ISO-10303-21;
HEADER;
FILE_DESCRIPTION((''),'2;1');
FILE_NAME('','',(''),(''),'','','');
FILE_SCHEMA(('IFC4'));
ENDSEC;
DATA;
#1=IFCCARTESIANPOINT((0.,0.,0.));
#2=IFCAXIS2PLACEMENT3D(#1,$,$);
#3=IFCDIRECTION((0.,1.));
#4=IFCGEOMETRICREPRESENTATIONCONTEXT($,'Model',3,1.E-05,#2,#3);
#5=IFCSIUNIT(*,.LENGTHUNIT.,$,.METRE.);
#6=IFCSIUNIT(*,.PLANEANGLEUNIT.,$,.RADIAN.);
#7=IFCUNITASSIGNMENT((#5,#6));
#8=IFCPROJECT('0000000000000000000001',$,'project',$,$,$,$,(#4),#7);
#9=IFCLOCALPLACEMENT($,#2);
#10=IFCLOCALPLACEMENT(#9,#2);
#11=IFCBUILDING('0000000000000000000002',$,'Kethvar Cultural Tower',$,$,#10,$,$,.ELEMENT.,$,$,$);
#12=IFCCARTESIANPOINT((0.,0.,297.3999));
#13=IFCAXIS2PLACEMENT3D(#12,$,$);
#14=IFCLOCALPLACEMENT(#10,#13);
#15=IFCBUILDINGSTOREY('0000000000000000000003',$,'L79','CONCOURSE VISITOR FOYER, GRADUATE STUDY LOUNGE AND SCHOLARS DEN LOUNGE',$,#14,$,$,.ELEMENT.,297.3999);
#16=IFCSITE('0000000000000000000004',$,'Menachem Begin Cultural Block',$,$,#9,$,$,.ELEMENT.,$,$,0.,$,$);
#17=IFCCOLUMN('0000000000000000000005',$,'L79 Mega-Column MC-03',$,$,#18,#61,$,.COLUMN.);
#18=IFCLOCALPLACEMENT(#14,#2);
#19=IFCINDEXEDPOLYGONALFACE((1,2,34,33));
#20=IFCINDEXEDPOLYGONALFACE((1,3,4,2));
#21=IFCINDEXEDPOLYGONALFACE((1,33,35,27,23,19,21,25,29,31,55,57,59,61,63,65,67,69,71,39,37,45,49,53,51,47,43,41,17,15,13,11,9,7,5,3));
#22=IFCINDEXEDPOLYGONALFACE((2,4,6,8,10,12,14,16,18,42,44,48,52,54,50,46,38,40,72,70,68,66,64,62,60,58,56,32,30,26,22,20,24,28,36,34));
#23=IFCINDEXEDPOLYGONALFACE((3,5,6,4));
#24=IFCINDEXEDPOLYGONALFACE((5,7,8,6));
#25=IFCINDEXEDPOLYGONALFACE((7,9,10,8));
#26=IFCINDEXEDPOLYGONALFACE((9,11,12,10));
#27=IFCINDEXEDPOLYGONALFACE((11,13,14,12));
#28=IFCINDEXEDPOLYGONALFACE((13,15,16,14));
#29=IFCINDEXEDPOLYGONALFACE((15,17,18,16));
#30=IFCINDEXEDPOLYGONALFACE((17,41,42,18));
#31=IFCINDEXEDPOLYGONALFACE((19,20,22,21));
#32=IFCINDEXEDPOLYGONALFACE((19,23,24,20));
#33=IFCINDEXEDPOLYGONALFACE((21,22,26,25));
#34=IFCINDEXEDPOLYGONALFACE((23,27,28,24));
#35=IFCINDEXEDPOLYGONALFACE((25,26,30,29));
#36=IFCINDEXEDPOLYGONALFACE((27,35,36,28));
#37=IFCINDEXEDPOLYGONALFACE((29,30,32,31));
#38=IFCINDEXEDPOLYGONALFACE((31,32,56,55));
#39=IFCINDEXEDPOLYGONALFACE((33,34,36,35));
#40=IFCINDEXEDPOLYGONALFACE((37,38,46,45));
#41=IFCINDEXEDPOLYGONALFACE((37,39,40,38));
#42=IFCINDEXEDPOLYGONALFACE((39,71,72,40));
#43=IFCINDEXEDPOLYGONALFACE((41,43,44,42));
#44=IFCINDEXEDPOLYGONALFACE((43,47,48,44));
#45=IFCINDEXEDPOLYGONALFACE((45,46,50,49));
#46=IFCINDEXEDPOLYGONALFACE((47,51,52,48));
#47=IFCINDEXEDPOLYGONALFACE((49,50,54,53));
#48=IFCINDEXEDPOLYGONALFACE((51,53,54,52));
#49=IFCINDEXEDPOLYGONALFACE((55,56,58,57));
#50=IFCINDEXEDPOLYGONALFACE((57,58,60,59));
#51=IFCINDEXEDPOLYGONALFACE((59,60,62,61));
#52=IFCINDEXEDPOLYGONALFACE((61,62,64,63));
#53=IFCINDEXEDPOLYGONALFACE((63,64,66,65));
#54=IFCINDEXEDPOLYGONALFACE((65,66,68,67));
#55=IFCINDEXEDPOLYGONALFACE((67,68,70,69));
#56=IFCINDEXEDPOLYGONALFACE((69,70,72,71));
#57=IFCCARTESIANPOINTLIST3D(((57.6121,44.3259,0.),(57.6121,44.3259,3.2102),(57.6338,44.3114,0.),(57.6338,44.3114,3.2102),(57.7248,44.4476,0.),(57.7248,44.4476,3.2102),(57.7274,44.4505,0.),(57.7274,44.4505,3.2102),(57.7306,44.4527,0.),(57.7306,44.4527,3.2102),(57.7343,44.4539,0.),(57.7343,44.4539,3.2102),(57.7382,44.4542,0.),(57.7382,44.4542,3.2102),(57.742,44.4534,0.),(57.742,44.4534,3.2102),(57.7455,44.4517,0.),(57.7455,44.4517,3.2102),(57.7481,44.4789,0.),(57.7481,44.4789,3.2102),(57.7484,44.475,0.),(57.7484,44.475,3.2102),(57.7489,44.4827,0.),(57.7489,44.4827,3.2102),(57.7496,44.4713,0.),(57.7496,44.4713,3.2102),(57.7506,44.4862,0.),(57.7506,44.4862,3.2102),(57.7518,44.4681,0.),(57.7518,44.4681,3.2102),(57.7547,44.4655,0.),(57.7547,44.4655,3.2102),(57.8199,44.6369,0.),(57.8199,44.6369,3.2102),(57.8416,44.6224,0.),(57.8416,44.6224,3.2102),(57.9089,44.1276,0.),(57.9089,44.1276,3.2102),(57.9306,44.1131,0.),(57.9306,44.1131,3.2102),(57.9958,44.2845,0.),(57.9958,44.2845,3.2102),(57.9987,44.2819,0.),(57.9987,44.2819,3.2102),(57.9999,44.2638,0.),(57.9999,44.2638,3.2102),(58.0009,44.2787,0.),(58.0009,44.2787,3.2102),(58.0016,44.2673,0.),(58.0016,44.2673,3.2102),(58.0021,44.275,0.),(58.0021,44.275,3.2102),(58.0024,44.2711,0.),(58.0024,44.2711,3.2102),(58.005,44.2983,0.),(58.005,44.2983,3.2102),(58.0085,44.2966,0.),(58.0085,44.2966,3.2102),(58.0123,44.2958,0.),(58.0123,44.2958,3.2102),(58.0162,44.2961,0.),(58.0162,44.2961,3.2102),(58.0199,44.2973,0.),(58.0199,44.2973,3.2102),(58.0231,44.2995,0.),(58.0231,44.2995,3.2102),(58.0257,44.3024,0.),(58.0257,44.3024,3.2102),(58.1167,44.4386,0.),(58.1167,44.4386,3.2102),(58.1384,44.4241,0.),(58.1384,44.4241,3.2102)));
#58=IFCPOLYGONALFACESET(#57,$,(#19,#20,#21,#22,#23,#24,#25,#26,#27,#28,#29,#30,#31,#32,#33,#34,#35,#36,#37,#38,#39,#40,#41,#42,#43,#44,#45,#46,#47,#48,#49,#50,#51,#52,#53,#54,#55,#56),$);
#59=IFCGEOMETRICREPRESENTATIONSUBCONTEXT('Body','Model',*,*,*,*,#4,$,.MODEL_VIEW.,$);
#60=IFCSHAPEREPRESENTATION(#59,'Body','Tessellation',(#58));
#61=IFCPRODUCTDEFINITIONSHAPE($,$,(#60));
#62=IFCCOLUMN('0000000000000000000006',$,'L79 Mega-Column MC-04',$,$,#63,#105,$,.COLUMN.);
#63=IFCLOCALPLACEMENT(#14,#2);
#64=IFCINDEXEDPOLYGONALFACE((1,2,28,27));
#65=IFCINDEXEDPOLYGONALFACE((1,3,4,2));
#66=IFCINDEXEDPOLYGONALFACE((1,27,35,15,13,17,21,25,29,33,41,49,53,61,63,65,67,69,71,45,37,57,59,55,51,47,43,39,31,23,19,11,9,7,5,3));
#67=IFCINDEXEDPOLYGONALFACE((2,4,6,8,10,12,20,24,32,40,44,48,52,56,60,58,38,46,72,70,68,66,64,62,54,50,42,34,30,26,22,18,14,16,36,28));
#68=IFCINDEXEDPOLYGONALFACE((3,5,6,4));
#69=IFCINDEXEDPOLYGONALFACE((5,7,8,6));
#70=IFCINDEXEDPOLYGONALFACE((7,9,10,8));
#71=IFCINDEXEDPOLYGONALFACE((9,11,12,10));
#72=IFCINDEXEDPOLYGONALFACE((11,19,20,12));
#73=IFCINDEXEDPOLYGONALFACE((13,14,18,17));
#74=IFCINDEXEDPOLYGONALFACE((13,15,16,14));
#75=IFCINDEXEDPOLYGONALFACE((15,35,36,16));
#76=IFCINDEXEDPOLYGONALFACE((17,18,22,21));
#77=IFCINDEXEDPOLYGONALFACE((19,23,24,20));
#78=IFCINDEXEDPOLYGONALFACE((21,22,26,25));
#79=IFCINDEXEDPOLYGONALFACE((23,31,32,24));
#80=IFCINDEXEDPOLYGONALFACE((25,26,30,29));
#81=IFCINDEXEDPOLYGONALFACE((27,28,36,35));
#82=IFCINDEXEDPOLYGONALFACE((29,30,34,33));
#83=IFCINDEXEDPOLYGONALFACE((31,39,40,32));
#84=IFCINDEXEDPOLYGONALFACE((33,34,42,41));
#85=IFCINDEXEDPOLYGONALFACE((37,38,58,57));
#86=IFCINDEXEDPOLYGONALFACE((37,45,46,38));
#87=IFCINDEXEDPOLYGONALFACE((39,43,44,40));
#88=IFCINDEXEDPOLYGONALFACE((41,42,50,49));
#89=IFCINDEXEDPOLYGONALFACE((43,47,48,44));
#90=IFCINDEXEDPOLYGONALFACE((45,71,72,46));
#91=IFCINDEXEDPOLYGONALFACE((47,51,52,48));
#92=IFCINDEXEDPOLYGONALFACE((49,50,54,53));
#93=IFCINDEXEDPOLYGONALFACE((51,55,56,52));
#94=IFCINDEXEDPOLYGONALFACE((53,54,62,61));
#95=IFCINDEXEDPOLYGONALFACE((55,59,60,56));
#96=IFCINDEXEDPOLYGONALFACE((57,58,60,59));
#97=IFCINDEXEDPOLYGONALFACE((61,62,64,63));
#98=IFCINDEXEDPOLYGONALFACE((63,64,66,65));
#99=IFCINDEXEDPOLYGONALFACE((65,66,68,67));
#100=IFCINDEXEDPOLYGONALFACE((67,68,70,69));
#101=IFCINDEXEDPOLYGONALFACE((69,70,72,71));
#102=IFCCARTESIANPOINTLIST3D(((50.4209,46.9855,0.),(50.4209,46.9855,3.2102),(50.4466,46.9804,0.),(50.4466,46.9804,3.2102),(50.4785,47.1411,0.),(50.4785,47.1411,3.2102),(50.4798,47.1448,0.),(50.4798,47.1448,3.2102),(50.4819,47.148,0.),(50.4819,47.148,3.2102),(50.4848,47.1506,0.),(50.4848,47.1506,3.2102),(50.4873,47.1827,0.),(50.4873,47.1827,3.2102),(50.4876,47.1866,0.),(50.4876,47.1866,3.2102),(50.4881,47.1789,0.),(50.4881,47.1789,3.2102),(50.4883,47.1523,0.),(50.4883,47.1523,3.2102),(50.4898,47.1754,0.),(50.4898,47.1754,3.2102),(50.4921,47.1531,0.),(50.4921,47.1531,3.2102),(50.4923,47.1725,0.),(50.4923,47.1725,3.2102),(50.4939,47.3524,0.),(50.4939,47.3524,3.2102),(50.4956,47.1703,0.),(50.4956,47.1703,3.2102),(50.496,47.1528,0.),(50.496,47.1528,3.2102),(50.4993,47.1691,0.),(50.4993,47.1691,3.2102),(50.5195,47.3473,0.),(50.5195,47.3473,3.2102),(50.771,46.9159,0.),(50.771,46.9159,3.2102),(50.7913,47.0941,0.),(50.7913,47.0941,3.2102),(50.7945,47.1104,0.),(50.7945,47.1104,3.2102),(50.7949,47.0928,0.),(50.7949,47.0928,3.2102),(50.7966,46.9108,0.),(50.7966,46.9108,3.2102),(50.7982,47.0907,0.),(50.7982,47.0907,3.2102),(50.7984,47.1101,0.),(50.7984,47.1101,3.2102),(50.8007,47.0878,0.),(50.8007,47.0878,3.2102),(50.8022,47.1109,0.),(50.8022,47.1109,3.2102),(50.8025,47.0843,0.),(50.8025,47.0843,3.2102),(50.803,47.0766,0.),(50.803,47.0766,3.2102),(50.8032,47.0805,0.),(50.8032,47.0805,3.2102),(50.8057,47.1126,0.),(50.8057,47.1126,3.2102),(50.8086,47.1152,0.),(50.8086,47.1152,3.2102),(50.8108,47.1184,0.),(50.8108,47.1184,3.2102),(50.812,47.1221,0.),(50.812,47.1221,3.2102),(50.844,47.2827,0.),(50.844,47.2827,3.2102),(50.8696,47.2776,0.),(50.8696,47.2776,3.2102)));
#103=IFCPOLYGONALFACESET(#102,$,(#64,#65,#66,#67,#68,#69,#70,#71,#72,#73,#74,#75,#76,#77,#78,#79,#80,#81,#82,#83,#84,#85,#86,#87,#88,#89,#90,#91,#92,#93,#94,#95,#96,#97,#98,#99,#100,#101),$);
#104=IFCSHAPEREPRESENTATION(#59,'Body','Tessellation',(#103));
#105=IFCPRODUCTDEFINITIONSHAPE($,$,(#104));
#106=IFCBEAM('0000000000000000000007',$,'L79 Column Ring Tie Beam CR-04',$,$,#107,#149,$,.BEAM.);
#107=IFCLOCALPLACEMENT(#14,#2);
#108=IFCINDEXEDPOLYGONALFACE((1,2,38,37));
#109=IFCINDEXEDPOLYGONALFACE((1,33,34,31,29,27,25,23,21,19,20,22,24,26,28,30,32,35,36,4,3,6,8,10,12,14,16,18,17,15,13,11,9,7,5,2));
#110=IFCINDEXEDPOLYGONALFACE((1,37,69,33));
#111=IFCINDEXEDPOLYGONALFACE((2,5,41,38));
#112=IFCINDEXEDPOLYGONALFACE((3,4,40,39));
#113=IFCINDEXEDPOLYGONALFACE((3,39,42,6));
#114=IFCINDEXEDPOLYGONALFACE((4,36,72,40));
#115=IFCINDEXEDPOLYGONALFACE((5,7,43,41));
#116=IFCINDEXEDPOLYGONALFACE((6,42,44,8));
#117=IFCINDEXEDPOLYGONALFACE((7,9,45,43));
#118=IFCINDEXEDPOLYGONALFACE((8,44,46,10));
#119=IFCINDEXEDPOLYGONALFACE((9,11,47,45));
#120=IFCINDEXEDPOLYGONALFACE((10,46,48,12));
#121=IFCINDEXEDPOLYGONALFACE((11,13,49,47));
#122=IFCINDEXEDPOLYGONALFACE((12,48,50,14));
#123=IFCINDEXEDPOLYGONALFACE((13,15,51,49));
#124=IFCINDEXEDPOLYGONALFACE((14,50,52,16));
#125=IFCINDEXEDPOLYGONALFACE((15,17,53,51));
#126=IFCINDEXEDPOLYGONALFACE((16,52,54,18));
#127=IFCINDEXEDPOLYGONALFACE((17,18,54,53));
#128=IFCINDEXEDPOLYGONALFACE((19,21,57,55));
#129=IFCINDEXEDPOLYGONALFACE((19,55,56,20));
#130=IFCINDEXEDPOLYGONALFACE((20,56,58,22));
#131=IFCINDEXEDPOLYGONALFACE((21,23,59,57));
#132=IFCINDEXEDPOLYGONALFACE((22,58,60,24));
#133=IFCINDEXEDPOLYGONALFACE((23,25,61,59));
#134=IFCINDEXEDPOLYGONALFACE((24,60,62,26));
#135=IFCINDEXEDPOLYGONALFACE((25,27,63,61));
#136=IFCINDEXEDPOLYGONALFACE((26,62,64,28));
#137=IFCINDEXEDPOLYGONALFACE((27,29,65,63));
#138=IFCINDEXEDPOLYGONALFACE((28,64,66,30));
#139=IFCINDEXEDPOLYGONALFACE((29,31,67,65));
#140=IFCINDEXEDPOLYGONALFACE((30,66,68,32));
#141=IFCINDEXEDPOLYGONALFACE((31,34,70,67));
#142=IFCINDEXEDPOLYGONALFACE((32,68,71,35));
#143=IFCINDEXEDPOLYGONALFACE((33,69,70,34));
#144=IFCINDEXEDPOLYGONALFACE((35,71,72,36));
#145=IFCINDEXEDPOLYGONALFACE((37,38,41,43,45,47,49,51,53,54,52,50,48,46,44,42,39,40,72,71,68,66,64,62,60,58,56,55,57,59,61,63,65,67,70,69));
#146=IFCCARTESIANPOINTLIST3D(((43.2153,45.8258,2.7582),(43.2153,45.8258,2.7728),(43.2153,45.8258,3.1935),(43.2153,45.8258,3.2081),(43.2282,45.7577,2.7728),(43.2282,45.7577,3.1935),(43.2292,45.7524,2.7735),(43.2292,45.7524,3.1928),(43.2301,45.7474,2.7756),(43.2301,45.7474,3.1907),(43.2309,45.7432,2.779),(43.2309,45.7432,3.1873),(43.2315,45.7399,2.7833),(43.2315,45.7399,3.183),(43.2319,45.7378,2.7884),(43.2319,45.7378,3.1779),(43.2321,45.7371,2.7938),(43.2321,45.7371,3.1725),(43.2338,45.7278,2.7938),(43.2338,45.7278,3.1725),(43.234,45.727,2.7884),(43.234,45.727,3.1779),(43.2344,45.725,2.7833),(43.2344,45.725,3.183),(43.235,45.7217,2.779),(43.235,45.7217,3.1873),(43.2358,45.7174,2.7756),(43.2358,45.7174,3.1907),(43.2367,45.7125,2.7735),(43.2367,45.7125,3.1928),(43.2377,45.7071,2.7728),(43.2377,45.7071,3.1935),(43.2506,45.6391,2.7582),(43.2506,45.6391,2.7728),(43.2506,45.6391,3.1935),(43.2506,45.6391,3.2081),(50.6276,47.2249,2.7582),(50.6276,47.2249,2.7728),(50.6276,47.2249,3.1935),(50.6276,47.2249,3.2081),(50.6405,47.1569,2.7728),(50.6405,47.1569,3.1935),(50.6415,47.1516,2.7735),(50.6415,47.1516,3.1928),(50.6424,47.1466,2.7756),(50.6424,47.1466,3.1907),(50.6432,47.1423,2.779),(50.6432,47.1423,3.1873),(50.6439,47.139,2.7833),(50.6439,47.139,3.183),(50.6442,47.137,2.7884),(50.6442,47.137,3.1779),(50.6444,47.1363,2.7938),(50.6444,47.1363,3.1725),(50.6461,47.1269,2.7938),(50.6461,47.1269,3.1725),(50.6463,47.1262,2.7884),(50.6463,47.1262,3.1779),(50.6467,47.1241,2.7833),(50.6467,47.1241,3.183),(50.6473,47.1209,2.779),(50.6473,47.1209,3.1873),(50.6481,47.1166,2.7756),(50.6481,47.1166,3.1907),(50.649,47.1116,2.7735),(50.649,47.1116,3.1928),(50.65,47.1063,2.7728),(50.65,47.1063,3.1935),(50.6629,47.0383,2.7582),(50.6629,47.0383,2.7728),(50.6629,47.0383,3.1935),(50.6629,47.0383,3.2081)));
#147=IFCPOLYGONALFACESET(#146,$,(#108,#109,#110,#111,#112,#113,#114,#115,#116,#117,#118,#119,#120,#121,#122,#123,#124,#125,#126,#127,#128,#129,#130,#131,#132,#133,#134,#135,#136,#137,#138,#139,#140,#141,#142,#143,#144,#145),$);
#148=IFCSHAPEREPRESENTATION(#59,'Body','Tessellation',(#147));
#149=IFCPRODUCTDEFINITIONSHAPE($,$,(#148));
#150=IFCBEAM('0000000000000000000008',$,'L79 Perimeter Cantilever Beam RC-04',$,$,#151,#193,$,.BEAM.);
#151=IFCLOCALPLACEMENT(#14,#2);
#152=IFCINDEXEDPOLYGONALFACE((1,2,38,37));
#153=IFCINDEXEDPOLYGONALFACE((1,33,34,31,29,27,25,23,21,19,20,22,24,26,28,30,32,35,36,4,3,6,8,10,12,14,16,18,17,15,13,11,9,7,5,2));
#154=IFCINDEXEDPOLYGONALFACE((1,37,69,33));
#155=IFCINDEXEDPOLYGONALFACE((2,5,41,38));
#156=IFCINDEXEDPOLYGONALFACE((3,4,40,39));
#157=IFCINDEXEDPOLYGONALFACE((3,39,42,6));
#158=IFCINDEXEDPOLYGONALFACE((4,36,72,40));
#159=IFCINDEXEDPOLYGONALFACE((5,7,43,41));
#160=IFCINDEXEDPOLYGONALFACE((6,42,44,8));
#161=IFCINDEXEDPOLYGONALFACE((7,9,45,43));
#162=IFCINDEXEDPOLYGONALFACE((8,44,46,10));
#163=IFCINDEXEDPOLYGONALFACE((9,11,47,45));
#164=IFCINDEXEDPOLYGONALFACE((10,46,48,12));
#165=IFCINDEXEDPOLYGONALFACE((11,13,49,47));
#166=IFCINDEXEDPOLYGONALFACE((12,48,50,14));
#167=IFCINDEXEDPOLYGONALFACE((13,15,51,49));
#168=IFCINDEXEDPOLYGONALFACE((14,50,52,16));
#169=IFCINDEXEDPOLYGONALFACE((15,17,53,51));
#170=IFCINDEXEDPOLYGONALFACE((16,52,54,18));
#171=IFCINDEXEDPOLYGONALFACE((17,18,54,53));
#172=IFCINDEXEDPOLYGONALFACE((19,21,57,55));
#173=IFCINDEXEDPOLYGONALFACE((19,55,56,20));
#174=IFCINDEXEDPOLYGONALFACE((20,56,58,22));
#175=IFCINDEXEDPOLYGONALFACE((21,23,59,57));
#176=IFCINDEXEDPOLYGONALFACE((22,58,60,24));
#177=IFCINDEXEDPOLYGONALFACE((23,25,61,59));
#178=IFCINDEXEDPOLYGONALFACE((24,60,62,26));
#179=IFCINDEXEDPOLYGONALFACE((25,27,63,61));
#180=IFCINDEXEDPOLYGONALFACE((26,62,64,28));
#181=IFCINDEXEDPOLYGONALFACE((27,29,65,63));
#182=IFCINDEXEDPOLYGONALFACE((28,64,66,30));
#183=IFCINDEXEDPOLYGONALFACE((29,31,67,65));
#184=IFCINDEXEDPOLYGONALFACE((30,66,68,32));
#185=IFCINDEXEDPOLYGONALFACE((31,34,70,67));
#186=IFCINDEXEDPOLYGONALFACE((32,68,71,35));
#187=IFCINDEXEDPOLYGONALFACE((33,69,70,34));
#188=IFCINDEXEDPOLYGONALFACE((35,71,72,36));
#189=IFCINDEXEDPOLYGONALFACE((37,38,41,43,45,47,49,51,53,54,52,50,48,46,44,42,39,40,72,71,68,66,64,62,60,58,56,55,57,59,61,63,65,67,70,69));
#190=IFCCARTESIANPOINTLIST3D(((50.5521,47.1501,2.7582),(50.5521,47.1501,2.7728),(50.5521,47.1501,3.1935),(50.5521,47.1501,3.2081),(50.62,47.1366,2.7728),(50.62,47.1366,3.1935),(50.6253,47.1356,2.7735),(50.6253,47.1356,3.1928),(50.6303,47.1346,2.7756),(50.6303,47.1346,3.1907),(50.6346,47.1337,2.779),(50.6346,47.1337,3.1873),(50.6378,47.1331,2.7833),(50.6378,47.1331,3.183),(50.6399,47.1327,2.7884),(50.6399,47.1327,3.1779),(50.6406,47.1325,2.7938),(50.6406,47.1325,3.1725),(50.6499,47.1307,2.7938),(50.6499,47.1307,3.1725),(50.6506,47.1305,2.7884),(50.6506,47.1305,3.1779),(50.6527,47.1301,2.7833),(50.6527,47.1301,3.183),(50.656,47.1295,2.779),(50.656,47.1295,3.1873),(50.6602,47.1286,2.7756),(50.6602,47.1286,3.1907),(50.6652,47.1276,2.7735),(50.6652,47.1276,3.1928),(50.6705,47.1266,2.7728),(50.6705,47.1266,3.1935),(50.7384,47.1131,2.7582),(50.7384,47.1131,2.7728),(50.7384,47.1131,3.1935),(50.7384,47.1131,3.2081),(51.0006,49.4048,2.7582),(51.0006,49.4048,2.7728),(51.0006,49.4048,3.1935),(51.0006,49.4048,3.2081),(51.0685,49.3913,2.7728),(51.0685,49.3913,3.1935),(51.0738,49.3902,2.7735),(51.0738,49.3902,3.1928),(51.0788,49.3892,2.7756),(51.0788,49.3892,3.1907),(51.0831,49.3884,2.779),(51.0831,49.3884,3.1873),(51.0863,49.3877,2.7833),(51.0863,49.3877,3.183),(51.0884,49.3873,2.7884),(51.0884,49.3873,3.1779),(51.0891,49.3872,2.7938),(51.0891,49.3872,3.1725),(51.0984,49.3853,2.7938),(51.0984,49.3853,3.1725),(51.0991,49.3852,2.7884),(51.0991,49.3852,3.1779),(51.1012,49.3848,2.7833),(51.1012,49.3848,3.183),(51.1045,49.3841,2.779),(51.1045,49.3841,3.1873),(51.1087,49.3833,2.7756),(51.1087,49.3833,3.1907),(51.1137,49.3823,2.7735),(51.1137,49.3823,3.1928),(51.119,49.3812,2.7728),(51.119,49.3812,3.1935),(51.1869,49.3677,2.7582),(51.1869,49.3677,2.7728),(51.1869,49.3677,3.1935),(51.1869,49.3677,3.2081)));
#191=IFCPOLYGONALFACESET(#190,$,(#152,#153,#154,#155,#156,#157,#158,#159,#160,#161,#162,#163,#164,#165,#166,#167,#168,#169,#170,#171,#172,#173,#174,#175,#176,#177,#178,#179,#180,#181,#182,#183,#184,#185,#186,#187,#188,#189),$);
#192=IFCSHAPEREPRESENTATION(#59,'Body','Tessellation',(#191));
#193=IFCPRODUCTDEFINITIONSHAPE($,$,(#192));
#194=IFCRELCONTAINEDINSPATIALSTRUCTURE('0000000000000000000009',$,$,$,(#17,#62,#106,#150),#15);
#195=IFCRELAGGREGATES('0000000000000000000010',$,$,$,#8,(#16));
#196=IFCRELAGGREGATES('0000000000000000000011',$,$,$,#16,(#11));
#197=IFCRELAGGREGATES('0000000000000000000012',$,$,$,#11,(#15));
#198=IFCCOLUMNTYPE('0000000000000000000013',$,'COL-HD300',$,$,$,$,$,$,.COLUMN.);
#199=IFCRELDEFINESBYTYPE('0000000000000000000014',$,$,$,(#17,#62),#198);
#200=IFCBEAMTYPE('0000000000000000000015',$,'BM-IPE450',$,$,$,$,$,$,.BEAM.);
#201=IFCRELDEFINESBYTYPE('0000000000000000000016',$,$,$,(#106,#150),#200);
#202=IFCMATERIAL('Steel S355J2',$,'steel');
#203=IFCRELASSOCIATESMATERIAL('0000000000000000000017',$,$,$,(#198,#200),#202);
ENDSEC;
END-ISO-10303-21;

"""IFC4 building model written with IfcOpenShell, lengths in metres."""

from ifc_helpers import new_model, si_unit, direction, frame, origin, origin_2d, place, context, subcontext, project, spatial, i_section, extrude, source, transform, mapped, material, material_profile, profile_set, type_object, element, save


model = new_model("IFC4")

# Units and contexts
model_context = context("Model", 3, precision=1e-05, world=origin(), true_north=direction((0.0, 1.0)))
body_context = subcontext(model_context, "Body", "Model", "MODEL_VIEW")
ifc_project = project(units=[si_unit("LENGTHUNIT", "METRE"), si_unit("PLANEANGLEUNIT", "RADIAN")], contexts=[model_context])

# Site, building, storey
site_placement = place(None, origin())
site = spatial("IfcSite", under=ifc_project, at=site_placement, Name="Menachem Begin Cultural Block", CompositionType="ELEMENT", RefElevation=0.0)
building_placement = place(site_placement, origin())
building = spatial("IfcBuilding", under=site, at=building_placement, Name="Kethvar Cultural Tower", CompositionType="ELEMENT")
storey_placement = place(building_placement, frame((0.0, 0.0, 297.3999)))
storey = spatial("IfcBuildingStorey", under=building, at=storey_placement, Name="L79", Description="CONCOURSE VISITOR FOYER, GRADUATE STUDY LOUNGE AND SCHOLARS DEN LOUNGE", CompositionType="ELEMENT", Elevation=297.3999)

# Columns
ifc_material_1 = material(Name="Steel S355J2", Category="steel")
ifc_material_profile_1 = material_profile(ifc_material_1, i_section(OverallWidth=0.374, OverallDepth=0.3831, WebThickness=0.0166, FlangeThickness=0.0261, FilletRadius=0.0149, at=origin_2d()), Name="Steel S355J2 — HD360x300")
ifc_profile_set_1 = profile_set([ifc_material_profile_1], Name="Steel S355J2 — HD360x300")
column_type = type_object("IfcColumnType", Name="COL-HD300", PredefinedType="COLUMN", material=ifc_profile_set_1)
shared_shape_1 = source(origin(), body_context, "Body", "SweptSolid", [
    extrude(i_section(OverallWidth=0.374, OverallDepth=0.3831, WebThickness=0.0166, FlangeThickness=0.0261, FilletRadius=0.0149, at=origin_2d()), origin(), (0.0, 0.0, 1.0), 3.2102),
])
for number, where, z_axis, x_axis, name in (
    (1, (57.8752, 44.375, 0.0), (0.0, 0.0, 1.0), (0.55557, 0.83147, 0.0), "L79 Mega-Column MC-03"),
    (2, (50.6453, 47.1316, 0.0), (0.0, 0.0, 1.0), (0.19509, 0.980785, 0.0), "L79 Mega-Column MC-04"),
):
    element("IfcColumn", number, at=place(storey_placement, frame(where, z_axis=z_axis, x_axis=x_axis)), inside=storey, type_object=column_type, Name=name, PredefinedType="COLUMN", context=body_context, shape_type="MappedRepresentation", body=[
        mapped(shared_shape_1, transform((0.0, 0.0, 0.0), scale=1.0)),
    ])

# Beams
ifc_material_profile_2 = material_profile(ifc_material_1, i_section(OverallWidth=0.1899, OverallDepth=0.45, WebThickness=0.0095, FlangeThickness=0.0146, FilletRadius=0.021, at=origin_2d()), Name="Steel S355J2 — IPE450")
ifc_profile_set_2 = profile_set([ifc_material_profile_2], Name="Steel S355J2 — IPE450")
beam_type_1 = type_object("IfcBeamType", Name="BM-IPE450", PredefinedType="BEAM", material=ifc_profile_set_2)
shared_shape_2 = source(origin(), body_context, "Body", "SweptSolid", [
    extrude(i_section(OverallWidth=0.1899, OverallDepth=0.45, WebThickness=0.0095, FlangeThickness=0.0146, FilletRadius=0.021, at=origin_2d()), origin(), (0.0, 0.0, 1.0), 7.5432),
])
beam_1_placement = place(storey_placement, frame((50.6453, 47.1316, 2.9832), z_axis=(-0.982647, -0.185486, 0.0), x_axis=(0.185486, -0.982647, 0.0)))
element("IfcBeam", 3, at=beam_1_placement, inside=storey, type_object=beam_type_1, Name="L79 Column Ring Tie Beam CR-04", PredefinedType="BEAM", context=body_context, shape_type="MappedRepresentation", body=[
    mapped(shared_shape_2, transform((0.0, 0.0, 0.0), scale=1.0)),
])
shared_shape_3 = source(origin(), body_context, "Body", "SweptSolid", [
    extrude(i_section(OverallWidth=0.1899, OverallDepth=0.45, WebThickness=0.0095, FlangeThickness=0.0146, FilletRadius=0.021, at=origin_2d()), origin(), (0.0, 0.0, 1.0), 2.2988),
])
beam_2_placement = place(storey_placement, frame((50.6453, 47.1316, 2.9832), z_axis=(0.195095, 0.980784, 0.0), x_axis=(-0.980784, 0.195095, 0.0)))
element("IfcBeam", 4, at=beam_2_placement, inside=storey, type_object=beam_type_1, Name="L79 Perimeter Cantilever Beam RC-04", PredefinedType="BEAM", context=body_context, shape_type="MappedRepresentation", body=[
    mapped(shared_shape_3, transform((0.0, 0.0, 0.0), scale=1.0)),
])

save(model, "model.ifc")
